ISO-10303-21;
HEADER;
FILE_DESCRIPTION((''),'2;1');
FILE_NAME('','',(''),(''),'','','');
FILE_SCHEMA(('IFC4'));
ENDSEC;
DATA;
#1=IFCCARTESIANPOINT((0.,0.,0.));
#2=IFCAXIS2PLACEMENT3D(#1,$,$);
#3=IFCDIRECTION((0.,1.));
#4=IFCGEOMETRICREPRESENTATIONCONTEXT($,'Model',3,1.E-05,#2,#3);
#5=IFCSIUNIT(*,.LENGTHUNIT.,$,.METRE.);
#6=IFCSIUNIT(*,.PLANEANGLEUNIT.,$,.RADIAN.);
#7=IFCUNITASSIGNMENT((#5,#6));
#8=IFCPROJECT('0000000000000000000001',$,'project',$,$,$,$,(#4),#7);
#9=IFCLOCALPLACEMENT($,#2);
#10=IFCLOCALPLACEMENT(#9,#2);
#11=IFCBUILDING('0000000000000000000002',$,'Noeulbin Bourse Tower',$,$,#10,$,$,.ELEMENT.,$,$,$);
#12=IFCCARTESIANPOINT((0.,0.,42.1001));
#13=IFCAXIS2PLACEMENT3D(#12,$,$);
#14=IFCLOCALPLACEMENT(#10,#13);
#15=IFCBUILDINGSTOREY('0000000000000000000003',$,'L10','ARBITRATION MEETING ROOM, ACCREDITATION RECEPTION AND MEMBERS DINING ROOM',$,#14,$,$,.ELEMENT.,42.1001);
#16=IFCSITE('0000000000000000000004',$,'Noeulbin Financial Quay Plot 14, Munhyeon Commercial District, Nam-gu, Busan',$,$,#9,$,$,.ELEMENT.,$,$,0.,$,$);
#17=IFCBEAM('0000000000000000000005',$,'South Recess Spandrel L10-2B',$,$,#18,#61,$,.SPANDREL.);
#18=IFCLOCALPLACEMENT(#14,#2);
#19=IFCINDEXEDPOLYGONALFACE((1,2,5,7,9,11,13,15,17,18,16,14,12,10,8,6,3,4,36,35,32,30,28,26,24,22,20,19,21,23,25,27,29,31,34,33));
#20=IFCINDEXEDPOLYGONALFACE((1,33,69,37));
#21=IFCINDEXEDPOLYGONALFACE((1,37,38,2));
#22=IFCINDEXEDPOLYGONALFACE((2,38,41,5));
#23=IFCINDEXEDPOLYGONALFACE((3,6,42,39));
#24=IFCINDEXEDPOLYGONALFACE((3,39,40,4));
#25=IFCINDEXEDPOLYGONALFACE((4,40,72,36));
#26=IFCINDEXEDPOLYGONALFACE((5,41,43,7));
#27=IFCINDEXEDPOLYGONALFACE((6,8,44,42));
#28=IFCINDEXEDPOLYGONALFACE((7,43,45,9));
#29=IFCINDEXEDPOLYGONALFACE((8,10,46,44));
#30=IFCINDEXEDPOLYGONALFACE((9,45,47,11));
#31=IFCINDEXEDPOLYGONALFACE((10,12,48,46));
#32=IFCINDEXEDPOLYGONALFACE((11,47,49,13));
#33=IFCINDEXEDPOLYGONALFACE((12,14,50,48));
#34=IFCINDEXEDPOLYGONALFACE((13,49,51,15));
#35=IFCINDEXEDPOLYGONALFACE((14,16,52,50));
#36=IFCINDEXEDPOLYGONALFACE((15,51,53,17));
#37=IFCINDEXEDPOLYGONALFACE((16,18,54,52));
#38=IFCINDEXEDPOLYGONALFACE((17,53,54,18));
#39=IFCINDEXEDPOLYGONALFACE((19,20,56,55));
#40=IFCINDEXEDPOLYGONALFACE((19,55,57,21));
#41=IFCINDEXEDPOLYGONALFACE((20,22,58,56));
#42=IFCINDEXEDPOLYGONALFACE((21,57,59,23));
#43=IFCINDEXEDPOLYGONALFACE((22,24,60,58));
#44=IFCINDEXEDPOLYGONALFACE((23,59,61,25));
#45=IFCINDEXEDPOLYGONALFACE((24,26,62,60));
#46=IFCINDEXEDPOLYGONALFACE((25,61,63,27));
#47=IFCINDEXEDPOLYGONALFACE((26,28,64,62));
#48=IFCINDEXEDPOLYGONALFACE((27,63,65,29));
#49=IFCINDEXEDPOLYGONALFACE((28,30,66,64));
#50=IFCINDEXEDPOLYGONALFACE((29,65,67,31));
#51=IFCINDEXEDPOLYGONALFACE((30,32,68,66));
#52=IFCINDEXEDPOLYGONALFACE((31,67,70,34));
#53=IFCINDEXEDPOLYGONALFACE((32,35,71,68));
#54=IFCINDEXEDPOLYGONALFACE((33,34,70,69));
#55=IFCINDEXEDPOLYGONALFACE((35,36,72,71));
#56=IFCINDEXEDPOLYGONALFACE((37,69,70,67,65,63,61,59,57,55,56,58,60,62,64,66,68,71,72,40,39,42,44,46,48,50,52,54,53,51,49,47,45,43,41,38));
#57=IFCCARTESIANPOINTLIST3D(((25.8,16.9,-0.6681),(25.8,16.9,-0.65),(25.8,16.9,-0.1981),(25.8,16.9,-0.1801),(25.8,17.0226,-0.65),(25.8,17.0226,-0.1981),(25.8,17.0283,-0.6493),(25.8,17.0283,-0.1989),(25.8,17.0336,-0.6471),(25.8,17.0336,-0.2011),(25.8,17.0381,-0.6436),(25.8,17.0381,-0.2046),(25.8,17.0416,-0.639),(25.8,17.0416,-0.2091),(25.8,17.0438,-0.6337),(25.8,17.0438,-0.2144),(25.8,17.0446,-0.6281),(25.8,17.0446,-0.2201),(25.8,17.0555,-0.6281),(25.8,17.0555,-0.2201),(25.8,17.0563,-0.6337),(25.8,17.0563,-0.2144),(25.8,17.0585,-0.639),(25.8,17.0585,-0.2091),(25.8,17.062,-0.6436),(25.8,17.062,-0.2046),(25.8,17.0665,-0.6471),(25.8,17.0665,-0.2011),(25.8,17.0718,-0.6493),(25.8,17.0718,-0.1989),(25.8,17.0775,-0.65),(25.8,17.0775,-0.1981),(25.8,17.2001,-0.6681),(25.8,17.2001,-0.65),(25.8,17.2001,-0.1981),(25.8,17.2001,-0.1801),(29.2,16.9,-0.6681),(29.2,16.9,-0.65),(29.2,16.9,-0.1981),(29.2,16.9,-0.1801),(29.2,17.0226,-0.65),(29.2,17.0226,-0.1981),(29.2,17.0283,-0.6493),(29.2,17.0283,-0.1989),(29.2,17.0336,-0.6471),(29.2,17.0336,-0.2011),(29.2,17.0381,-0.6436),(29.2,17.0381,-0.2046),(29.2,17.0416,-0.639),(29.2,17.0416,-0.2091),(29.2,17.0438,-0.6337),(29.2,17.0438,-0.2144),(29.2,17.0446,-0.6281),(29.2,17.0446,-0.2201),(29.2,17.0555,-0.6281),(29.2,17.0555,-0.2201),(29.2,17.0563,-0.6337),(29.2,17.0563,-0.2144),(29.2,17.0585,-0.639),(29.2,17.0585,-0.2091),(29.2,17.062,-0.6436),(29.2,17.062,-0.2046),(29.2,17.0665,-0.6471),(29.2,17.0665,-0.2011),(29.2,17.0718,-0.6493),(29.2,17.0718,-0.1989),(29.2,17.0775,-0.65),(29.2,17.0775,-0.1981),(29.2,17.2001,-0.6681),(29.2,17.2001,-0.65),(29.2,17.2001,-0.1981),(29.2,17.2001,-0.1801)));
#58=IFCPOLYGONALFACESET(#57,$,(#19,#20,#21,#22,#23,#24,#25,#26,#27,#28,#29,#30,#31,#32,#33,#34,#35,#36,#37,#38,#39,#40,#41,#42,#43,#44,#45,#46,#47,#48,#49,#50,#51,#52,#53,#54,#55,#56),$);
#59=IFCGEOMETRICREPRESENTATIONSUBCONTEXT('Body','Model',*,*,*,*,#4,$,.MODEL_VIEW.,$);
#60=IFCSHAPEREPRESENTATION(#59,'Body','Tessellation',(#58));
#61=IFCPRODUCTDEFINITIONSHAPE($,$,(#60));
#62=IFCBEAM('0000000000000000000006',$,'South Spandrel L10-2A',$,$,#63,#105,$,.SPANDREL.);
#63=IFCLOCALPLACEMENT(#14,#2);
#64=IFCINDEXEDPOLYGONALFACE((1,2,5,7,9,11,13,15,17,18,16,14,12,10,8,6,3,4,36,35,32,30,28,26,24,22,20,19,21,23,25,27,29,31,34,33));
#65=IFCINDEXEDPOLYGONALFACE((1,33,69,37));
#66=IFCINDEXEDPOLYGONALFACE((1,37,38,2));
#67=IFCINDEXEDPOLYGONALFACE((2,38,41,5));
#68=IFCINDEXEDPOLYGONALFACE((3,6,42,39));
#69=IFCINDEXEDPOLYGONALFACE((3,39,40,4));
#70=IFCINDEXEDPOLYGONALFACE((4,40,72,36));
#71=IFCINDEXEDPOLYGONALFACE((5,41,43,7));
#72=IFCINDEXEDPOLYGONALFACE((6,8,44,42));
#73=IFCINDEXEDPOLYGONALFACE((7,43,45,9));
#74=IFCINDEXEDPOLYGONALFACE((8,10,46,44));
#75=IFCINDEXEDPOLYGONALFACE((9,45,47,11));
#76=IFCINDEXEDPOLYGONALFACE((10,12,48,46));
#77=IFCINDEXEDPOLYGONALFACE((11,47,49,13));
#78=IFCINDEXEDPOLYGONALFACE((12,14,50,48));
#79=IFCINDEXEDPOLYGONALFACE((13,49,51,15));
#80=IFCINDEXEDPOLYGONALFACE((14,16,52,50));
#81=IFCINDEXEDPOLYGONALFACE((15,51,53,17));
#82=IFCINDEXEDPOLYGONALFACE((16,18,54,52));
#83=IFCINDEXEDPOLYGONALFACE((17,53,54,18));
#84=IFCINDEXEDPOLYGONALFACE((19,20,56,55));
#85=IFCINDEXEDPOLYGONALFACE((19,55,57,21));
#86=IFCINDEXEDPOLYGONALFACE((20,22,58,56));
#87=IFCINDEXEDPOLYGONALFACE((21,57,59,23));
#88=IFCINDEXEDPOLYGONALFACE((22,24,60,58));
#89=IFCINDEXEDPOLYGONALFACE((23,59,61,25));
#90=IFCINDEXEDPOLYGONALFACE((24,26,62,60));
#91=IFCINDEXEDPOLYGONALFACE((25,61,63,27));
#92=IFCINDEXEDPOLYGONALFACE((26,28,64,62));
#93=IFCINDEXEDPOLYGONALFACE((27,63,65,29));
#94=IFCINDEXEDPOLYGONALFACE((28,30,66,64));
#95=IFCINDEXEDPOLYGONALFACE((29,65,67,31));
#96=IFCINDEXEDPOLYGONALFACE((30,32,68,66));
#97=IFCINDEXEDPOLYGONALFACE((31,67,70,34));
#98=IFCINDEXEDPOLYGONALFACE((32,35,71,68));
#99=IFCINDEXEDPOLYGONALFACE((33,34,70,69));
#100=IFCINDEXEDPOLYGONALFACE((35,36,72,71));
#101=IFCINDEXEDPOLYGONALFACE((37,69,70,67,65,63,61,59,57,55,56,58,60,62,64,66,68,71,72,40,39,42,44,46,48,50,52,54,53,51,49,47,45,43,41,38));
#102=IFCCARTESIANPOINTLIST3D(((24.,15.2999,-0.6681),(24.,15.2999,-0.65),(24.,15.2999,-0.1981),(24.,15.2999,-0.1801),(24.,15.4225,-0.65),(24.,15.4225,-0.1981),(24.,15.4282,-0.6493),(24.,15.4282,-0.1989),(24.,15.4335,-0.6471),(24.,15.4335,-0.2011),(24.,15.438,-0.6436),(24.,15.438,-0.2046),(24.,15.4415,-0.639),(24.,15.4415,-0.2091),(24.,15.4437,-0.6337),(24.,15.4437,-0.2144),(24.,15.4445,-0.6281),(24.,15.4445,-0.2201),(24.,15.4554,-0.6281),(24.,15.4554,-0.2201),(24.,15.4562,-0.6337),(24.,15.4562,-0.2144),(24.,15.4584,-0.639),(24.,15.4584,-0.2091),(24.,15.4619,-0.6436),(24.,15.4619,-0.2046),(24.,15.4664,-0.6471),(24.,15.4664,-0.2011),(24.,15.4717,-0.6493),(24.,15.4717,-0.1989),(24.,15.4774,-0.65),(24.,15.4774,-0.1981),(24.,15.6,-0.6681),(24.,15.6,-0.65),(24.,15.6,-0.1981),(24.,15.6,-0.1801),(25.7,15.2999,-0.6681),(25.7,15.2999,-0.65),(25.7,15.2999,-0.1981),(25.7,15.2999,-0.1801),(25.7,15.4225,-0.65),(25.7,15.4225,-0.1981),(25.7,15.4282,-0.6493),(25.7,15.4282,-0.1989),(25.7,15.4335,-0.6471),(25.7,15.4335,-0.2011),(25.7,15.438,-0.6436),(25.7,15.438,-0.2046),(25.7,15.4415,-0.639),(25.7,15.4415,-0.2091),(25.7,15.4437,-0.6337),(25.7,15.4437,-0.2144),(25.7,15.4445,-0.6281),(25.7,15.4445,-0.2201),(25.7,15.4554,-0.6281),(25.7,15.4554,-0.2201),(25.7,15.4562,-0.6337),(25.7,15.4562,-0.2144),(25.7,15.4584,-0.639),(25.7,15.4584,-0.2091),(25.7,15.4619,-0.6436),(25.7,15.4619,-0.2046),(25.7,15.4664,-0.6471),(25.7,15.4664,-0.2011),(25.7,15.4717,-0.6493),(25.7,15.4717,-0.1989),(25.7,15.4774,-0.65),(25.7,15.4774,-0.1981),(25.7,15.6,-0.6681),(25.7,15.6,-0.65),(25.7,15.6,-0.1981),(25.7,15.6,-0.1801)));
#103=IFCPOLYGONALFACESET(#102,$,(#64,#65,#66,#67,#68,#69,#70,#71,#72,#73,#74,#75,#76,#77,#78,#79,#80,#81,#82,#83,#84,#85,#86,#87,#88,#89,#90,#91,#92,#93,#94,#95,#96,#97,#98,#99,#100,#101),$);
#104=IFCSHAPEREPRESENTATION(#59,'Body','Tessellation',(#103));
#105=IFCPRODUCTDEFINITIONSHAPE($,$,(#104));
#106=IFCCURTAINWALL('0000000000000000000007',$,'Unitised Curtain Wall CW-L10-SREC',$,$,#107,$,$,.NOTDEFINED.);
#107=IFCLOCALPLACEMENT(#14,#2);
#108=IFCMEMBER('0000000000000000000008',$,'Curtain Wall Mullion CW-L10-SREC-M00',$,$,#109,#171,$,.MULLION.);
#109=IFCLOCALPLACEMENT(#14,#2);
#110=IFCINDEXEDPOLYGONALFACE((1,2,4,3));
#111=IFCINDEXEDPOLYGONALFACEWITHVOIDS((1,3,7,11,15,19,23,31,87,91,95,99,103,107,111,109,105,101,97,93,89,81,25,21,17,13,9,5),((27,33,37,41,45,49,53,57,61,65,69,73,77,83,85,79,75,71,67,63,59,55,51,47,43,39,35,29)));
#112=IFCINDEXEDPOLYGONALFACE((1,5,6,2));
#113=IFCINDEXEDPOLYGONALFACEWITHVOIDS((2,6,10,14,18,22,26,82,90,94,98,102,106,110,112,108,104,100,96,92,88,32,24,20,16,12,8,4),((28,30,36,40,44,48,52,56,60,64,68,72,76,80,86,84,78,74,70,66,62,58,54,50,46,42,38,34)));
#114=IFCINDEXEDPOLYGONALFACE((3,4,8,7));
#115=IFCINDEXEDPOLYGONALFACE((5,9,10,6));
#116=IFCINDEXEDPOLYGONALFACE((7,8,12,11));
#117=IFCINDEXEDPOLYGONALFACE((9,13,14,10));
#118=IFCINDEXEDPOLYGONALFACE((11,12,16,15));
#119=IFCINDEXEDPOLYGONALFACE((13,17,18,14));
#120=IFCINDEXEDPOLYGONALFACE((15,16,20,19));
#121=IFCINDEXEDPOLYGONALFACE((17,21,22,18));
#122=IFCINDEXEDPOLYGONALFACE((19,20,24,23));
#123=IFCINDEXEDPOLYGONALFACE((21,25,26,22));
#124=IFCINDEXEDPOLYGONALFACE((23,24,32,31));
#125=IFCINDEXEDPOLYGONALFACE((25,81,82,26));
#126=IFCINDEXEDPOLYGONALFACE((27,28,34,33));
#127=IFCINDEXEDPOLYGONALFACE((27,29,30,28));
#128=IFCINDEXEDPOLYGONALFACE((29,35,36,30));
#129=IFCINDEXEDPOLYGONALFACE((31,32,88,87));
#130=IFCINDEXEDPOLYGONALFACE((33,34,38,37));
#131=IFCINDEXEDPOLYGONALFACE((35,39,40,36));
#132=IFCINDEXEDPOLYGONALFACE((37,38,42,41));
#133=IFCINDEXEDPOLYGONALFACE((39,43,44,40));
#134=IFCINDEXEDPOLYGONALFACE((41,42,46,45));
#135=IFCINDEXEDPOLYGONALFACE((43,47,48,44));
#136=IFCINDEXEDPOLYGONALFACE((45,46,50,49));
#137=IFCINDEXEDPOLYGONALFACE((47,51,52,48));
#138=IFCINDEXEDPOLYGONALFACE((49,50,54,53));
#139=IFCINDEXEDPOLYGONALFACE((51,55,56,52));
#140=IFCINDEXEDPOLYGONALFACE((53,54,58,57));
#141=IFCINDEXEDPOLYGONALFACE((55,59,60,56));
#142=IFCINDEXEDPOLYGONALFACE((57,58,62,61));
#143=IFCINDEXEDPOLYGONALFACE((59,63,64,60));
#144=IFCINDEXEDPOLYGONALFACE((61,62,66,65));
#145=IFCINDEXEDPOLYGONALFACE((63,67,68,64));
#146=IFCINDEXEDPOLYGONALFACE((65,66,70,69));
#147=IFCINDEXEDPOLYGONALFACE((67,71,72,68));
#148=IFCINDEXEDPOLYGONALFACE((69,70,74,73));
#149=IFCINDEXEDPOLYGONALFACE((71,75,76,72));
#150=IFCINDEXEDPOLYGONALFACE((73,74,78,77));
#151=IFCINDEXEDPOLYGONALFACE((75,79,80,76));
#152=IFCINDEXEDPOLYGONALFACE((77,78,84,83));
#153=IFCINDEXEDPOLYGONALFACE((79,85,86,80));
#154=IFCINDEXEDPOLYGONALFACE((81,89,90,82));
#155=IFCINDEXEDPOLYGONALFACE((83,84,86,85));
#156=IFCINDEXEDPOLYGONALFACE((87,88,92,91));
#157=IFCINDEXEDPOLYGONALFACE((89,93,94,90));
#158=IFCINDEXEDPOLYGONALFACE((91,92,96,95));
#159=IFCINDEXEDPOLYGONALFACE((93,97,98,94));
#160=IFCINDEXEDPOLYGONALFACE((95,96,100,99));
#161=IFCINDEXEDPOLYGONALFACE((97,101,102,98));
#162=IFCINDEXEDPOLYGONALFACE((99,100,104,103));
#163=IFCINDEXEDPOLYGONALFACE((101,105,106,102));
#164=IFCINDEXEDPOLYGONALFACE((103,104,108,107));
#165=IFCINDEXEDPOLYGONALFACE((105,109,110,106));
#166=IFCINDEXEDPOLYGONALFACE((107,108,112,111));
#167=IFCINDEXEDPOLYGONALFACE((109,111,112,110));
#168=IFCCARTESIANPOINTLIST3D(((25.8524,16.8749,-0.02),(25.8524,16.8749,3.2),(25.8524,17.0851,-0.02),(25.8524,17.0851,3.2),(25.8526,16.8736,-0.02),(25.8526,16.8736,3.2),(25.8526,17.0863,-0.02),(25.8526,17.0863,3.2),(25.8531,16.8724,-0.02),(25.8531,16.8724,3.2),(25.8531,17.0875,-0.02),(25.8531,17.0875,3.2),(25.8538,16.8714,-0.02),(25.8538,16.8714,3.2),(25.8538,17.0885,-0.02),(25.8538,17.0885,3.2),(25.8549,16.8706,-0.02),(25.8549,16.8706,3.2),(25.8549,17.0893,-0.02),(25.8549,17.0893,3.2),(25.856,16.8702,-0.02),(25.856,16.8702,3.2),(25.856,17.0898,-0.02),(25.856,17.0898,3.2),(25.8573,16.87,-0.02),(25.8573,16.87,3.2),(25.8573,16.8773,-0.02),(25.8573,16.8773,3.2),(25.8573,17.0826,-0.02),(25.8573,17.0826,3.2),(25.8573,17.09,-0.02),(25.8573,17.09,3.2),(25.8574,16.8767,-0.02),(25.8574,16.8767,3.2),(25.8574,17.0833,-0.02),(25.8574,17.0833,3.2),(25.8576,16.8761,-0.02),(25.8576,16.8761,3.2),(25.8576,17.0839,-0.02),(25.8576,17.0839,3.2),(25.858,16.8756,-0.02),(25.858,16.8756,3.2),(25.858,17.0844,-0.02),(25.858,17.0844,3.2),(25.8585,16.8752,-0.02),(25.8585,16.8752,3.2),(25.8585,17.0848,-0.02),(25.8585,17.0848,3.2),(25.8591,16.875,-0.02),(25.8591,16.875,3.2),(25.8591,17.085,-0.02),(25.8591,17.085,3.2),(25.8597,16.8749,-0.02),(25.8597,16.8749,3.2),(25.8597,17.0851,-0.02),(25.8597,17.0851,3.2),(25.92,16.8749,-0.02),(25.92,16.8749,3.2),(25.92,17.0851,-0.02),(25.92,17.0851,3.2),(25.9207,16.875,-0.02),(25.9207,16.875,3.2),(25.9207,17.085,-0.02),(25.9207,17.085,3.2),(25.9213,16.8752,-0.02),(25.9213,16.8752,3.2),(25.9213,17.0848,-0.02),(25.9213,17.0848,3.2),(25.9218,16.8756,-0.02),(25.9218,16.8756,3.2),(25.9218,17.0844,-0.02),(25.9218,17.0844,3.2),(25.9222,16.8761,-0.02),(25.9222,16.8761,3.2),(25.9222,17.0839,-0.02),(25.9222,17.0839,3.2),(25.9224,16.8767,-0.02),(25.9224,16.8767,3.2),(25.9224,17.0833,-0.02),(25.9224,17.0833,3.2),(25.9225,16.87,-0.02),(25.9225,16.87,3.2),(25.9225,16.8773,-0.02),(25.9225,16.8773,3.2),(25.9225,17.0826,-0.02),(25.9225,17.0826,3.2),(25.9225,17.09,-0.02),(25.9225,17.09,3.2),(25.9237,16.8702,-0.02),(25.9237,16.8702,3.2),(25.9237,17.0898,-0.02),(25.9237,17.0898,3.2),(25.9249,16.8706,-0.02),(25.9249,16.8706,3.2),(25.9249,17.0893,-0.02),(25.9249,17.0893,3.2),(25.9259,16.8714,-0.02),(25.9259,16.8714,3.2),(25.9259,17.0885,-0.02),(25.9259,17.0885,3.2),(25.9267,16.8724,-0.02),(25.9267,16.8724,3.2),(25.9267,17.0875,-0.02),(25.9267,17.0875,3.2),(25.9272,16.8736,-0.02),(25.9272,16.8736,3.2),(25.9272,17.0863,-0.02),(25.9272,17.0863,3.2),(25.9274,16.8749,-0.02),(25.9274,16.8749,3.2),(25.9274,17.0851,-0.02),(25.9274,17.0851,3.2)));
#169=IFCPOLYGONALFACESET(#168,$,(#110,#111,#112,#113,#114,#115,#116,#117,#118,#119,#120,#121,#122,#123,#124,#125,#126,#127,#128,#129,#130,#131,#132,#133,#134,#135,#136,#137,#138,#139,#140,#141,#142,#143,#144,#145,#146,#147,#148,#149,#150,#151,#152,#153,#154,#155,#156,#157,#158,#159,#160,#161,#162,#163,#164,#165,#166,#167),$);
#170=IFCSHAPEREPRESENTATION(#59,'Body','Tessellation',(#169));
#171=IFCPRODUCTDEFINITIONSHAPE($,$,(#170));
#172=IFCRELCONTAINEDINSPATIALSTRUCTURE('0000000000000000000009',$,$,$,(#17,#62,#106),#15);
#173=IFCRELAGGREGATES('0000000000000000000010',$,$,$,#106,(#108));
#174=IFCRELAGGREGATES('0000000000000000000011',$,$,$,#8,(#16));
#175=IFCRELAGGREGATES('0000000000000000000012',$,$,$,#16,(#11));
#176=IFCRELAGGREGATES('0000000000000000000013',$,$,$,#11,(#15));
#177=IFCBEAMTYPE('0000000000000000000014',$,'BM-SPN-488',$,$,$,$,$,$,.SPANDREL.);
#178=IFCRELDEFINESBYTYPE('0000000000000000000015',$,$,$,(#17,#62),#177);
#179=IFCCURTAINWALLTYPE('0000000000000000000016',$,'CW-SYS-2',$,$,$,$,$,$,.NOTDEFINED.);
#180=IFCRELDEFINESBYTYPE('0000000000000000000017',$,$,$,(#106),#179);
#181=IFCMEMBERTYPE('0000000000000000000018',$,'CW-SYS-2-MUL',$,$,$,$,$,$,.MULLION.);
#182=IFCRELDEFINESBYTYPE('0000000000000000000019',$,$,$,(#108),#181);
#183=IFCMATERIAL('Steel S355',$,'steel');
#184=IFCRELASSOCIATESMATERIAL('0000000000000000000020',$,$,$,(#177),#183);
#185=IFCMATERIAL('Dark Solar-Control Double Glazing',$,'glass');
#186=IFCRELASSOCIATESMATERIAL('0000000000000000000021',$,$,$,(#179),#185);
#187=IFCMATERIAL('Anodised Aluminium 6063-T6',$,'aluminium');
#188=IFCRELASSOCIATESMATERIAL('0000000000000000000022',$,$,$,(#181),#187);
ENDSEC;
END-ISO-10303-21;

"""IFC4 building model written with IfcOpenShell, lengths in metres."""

from ifc_helpers import new_model, si_unit, direction, frame, origin, origin_2d, place, context, subcontext, project, spatial, hollow_rectangle, i_section, extrude, material, material_profile, profile_set, type_object, element, aggregate, save


model = new_model("IFC4")

# Units and contexts
model_context = context("Model", 3, precision=1e-05, world=origin(), true_north=direction((0.0, 1.0)))
body_context = subcontext(model_context, "Body", "Model", "MODEL_VIEW")
ifc_project = project(units=[si_unit("LENGTHUNIT", "METRE"), si_unit("PLANEANGLEUNIT", "RADIAN")], contexts=[model_context])

# Site, building, storey
site_placement = place(None, origin())
site = spatial("IfcSite", under=ifc_project, at=site_placement, Name="Noeulbin Financial Quay Plot 14, Munhyeon Commercial District, Nam-gu, Busan", CompositionType="ELEMENT", RefElevation=0.0)
building_placement = place(site_placement, origin())
building = spatial("IfcBuilding", under=site, at=building_placement, Name="Noeulbin Bourse Tower", CompositionType="ELEMENT")
storey_placement = place(building_placement, frame((0.0, 0.0, 42.1001)))
storey = spatial("IfcBuildingStorey", under=building, at=storey_placement, Name="L10", Description="ARBITRATION MEETING ROOM, ACCREDITATION RECEPTION AND MEMBERS DINING ROOM", CompositionType="ELEMENT", Elevation=42.1001)

# Beams
ifc_material_1 = material(Name="Steel S355", Category="steel")
ifc_material_profile_1 = material_profile(ifc_material_1, i_section(OverallWidth=0.3, OverallDepth=0.488, WebThickness=0.011, FlangeThickness=0.0181, FilletRadius=0.022, at=origin_2d()), Name="H-488x300x11x18", Category="LoadBearing")
ifc_profile_set_1 = profile_set([ifc_material_profile_1], Name="Steel S355")
beam_type_1 = type_object("IfcBeamType", Name="BM-SPN-488", PredefinedType="SPANDREL", material=ifc_profile_set_1)
beam_1_placement = place(storey_placement, frame((25.8, 17.05, -0.4241), z_axis=(1.0, 0.0, 0.0), x_axis=(0.0, 1.0, 0.0)))
element("IfcBeam", 1, at=beam_1_placement, inside=storey, type_object=beam_type_1, Name="South Recess Spandrel L10-2B", PredefinedType="SPANDREL", context=body_context, shape_type="SweptSolid", body=[
    extrude(i_section(OverallWidth=0.3, OverallDepth=0.488, WebThickness=0.011, FlangeThickness=0.0181, FilletRadius=0.022, at=origin_2d()), origin(), (0.0, 0.0, 1.0), 3.3999),
])
beam_2_placement = place(storey_placement, frame((24.0, 15.45, -0.4241), z_axis=(1.0, 0.0, 0.0), x_axis=(0.0, 1.0, 0.0)))
element("IfcBeam", 2, at=beam_2_placement, inside=storey, type_object=beam_type_1, Name="South Spandrel L10-2A", PredefinedType="SPANDREL", context=body_context, shape_type="SweptSolid", body=[
    extrude(i_section(OverallWidth=0.3, OverallDepth=0.488, WebThickness=0.011, FlangeThickness=0.0181, FilletRadius=0.022, at=origin_2d()), origin(), (0.0, 0.0, 1.0), 1.7),
])

# Curtain wall, member
ifc_material_2 = material(Name="Dark Solar-Control Double Glazing", Category="glass")
curtain_wall_type = type_object("IfcCurtainWallType", Name="CW-SYS-2", PredefinedType="NOTDEFINED", material=ifc_material_2)
curtain_wall_1_placement = place(storey_placement, origin())
curtain_wall_1 = element("IfcCurtainWall", 3, at=curtain_wall_1_placement, inside=storey, type_object=curtain_wall_type, Name="Unitised Curtain Wall CW-L10-SREC", PredefinedType="NOTDEFINED")
ifc_material_3 = material(Name="Anodised Aluminium 6063-T6", Category="aluminium")
ifc_material_profile_2 = material_profile(ifc_material_3, hollow_rectangle(XDim=0.075, YDim=0.22, WallThickness=0.0049, InnerFilletRadius=0.0024, OuterFilletRadius=0.0049, at=origin_2d()), Name="ALU-MULL-75x220x5", Category="LoadBearing")
ifc_profile_set_2 = profile_set([ifc_material_profile_2], Name="Anodised Aluminium 6063-T6")
member_type_1 = type_object("IfcMemberType", Name="CW-SYS-2-MUL", PredefinedType="MULLION", material=ifc_profile_set_2)
member_1_placement = place(storey_placement, frame((25.8899, 16.98, -0.02), z_axis=(0.0, 0.0, 1.0), x_axis=(1.0, 0.0, 0.0)))
member_1 = element("IfcMember", 4, at=member_1_placement, type_object=member_type_1, Name="Curtain Wall Mullion CW-L10-SREC-M00", PredefinedType="MULLION", context=body_context, shape_type="SweptSolid", body=[
    extrude(hollow_rectangle(XDim=0.075, YDim=0.22, WallThickness=0.0049, InnerFilletRadius=0.0024, OuterFilletRadius=0.0049, at=origin_2d()), origin(), (0.0, 0.0, 1.0), 3.22),
])

aggregate(curtain_wall_1, [member_1])

save(model, "model.ifc")
